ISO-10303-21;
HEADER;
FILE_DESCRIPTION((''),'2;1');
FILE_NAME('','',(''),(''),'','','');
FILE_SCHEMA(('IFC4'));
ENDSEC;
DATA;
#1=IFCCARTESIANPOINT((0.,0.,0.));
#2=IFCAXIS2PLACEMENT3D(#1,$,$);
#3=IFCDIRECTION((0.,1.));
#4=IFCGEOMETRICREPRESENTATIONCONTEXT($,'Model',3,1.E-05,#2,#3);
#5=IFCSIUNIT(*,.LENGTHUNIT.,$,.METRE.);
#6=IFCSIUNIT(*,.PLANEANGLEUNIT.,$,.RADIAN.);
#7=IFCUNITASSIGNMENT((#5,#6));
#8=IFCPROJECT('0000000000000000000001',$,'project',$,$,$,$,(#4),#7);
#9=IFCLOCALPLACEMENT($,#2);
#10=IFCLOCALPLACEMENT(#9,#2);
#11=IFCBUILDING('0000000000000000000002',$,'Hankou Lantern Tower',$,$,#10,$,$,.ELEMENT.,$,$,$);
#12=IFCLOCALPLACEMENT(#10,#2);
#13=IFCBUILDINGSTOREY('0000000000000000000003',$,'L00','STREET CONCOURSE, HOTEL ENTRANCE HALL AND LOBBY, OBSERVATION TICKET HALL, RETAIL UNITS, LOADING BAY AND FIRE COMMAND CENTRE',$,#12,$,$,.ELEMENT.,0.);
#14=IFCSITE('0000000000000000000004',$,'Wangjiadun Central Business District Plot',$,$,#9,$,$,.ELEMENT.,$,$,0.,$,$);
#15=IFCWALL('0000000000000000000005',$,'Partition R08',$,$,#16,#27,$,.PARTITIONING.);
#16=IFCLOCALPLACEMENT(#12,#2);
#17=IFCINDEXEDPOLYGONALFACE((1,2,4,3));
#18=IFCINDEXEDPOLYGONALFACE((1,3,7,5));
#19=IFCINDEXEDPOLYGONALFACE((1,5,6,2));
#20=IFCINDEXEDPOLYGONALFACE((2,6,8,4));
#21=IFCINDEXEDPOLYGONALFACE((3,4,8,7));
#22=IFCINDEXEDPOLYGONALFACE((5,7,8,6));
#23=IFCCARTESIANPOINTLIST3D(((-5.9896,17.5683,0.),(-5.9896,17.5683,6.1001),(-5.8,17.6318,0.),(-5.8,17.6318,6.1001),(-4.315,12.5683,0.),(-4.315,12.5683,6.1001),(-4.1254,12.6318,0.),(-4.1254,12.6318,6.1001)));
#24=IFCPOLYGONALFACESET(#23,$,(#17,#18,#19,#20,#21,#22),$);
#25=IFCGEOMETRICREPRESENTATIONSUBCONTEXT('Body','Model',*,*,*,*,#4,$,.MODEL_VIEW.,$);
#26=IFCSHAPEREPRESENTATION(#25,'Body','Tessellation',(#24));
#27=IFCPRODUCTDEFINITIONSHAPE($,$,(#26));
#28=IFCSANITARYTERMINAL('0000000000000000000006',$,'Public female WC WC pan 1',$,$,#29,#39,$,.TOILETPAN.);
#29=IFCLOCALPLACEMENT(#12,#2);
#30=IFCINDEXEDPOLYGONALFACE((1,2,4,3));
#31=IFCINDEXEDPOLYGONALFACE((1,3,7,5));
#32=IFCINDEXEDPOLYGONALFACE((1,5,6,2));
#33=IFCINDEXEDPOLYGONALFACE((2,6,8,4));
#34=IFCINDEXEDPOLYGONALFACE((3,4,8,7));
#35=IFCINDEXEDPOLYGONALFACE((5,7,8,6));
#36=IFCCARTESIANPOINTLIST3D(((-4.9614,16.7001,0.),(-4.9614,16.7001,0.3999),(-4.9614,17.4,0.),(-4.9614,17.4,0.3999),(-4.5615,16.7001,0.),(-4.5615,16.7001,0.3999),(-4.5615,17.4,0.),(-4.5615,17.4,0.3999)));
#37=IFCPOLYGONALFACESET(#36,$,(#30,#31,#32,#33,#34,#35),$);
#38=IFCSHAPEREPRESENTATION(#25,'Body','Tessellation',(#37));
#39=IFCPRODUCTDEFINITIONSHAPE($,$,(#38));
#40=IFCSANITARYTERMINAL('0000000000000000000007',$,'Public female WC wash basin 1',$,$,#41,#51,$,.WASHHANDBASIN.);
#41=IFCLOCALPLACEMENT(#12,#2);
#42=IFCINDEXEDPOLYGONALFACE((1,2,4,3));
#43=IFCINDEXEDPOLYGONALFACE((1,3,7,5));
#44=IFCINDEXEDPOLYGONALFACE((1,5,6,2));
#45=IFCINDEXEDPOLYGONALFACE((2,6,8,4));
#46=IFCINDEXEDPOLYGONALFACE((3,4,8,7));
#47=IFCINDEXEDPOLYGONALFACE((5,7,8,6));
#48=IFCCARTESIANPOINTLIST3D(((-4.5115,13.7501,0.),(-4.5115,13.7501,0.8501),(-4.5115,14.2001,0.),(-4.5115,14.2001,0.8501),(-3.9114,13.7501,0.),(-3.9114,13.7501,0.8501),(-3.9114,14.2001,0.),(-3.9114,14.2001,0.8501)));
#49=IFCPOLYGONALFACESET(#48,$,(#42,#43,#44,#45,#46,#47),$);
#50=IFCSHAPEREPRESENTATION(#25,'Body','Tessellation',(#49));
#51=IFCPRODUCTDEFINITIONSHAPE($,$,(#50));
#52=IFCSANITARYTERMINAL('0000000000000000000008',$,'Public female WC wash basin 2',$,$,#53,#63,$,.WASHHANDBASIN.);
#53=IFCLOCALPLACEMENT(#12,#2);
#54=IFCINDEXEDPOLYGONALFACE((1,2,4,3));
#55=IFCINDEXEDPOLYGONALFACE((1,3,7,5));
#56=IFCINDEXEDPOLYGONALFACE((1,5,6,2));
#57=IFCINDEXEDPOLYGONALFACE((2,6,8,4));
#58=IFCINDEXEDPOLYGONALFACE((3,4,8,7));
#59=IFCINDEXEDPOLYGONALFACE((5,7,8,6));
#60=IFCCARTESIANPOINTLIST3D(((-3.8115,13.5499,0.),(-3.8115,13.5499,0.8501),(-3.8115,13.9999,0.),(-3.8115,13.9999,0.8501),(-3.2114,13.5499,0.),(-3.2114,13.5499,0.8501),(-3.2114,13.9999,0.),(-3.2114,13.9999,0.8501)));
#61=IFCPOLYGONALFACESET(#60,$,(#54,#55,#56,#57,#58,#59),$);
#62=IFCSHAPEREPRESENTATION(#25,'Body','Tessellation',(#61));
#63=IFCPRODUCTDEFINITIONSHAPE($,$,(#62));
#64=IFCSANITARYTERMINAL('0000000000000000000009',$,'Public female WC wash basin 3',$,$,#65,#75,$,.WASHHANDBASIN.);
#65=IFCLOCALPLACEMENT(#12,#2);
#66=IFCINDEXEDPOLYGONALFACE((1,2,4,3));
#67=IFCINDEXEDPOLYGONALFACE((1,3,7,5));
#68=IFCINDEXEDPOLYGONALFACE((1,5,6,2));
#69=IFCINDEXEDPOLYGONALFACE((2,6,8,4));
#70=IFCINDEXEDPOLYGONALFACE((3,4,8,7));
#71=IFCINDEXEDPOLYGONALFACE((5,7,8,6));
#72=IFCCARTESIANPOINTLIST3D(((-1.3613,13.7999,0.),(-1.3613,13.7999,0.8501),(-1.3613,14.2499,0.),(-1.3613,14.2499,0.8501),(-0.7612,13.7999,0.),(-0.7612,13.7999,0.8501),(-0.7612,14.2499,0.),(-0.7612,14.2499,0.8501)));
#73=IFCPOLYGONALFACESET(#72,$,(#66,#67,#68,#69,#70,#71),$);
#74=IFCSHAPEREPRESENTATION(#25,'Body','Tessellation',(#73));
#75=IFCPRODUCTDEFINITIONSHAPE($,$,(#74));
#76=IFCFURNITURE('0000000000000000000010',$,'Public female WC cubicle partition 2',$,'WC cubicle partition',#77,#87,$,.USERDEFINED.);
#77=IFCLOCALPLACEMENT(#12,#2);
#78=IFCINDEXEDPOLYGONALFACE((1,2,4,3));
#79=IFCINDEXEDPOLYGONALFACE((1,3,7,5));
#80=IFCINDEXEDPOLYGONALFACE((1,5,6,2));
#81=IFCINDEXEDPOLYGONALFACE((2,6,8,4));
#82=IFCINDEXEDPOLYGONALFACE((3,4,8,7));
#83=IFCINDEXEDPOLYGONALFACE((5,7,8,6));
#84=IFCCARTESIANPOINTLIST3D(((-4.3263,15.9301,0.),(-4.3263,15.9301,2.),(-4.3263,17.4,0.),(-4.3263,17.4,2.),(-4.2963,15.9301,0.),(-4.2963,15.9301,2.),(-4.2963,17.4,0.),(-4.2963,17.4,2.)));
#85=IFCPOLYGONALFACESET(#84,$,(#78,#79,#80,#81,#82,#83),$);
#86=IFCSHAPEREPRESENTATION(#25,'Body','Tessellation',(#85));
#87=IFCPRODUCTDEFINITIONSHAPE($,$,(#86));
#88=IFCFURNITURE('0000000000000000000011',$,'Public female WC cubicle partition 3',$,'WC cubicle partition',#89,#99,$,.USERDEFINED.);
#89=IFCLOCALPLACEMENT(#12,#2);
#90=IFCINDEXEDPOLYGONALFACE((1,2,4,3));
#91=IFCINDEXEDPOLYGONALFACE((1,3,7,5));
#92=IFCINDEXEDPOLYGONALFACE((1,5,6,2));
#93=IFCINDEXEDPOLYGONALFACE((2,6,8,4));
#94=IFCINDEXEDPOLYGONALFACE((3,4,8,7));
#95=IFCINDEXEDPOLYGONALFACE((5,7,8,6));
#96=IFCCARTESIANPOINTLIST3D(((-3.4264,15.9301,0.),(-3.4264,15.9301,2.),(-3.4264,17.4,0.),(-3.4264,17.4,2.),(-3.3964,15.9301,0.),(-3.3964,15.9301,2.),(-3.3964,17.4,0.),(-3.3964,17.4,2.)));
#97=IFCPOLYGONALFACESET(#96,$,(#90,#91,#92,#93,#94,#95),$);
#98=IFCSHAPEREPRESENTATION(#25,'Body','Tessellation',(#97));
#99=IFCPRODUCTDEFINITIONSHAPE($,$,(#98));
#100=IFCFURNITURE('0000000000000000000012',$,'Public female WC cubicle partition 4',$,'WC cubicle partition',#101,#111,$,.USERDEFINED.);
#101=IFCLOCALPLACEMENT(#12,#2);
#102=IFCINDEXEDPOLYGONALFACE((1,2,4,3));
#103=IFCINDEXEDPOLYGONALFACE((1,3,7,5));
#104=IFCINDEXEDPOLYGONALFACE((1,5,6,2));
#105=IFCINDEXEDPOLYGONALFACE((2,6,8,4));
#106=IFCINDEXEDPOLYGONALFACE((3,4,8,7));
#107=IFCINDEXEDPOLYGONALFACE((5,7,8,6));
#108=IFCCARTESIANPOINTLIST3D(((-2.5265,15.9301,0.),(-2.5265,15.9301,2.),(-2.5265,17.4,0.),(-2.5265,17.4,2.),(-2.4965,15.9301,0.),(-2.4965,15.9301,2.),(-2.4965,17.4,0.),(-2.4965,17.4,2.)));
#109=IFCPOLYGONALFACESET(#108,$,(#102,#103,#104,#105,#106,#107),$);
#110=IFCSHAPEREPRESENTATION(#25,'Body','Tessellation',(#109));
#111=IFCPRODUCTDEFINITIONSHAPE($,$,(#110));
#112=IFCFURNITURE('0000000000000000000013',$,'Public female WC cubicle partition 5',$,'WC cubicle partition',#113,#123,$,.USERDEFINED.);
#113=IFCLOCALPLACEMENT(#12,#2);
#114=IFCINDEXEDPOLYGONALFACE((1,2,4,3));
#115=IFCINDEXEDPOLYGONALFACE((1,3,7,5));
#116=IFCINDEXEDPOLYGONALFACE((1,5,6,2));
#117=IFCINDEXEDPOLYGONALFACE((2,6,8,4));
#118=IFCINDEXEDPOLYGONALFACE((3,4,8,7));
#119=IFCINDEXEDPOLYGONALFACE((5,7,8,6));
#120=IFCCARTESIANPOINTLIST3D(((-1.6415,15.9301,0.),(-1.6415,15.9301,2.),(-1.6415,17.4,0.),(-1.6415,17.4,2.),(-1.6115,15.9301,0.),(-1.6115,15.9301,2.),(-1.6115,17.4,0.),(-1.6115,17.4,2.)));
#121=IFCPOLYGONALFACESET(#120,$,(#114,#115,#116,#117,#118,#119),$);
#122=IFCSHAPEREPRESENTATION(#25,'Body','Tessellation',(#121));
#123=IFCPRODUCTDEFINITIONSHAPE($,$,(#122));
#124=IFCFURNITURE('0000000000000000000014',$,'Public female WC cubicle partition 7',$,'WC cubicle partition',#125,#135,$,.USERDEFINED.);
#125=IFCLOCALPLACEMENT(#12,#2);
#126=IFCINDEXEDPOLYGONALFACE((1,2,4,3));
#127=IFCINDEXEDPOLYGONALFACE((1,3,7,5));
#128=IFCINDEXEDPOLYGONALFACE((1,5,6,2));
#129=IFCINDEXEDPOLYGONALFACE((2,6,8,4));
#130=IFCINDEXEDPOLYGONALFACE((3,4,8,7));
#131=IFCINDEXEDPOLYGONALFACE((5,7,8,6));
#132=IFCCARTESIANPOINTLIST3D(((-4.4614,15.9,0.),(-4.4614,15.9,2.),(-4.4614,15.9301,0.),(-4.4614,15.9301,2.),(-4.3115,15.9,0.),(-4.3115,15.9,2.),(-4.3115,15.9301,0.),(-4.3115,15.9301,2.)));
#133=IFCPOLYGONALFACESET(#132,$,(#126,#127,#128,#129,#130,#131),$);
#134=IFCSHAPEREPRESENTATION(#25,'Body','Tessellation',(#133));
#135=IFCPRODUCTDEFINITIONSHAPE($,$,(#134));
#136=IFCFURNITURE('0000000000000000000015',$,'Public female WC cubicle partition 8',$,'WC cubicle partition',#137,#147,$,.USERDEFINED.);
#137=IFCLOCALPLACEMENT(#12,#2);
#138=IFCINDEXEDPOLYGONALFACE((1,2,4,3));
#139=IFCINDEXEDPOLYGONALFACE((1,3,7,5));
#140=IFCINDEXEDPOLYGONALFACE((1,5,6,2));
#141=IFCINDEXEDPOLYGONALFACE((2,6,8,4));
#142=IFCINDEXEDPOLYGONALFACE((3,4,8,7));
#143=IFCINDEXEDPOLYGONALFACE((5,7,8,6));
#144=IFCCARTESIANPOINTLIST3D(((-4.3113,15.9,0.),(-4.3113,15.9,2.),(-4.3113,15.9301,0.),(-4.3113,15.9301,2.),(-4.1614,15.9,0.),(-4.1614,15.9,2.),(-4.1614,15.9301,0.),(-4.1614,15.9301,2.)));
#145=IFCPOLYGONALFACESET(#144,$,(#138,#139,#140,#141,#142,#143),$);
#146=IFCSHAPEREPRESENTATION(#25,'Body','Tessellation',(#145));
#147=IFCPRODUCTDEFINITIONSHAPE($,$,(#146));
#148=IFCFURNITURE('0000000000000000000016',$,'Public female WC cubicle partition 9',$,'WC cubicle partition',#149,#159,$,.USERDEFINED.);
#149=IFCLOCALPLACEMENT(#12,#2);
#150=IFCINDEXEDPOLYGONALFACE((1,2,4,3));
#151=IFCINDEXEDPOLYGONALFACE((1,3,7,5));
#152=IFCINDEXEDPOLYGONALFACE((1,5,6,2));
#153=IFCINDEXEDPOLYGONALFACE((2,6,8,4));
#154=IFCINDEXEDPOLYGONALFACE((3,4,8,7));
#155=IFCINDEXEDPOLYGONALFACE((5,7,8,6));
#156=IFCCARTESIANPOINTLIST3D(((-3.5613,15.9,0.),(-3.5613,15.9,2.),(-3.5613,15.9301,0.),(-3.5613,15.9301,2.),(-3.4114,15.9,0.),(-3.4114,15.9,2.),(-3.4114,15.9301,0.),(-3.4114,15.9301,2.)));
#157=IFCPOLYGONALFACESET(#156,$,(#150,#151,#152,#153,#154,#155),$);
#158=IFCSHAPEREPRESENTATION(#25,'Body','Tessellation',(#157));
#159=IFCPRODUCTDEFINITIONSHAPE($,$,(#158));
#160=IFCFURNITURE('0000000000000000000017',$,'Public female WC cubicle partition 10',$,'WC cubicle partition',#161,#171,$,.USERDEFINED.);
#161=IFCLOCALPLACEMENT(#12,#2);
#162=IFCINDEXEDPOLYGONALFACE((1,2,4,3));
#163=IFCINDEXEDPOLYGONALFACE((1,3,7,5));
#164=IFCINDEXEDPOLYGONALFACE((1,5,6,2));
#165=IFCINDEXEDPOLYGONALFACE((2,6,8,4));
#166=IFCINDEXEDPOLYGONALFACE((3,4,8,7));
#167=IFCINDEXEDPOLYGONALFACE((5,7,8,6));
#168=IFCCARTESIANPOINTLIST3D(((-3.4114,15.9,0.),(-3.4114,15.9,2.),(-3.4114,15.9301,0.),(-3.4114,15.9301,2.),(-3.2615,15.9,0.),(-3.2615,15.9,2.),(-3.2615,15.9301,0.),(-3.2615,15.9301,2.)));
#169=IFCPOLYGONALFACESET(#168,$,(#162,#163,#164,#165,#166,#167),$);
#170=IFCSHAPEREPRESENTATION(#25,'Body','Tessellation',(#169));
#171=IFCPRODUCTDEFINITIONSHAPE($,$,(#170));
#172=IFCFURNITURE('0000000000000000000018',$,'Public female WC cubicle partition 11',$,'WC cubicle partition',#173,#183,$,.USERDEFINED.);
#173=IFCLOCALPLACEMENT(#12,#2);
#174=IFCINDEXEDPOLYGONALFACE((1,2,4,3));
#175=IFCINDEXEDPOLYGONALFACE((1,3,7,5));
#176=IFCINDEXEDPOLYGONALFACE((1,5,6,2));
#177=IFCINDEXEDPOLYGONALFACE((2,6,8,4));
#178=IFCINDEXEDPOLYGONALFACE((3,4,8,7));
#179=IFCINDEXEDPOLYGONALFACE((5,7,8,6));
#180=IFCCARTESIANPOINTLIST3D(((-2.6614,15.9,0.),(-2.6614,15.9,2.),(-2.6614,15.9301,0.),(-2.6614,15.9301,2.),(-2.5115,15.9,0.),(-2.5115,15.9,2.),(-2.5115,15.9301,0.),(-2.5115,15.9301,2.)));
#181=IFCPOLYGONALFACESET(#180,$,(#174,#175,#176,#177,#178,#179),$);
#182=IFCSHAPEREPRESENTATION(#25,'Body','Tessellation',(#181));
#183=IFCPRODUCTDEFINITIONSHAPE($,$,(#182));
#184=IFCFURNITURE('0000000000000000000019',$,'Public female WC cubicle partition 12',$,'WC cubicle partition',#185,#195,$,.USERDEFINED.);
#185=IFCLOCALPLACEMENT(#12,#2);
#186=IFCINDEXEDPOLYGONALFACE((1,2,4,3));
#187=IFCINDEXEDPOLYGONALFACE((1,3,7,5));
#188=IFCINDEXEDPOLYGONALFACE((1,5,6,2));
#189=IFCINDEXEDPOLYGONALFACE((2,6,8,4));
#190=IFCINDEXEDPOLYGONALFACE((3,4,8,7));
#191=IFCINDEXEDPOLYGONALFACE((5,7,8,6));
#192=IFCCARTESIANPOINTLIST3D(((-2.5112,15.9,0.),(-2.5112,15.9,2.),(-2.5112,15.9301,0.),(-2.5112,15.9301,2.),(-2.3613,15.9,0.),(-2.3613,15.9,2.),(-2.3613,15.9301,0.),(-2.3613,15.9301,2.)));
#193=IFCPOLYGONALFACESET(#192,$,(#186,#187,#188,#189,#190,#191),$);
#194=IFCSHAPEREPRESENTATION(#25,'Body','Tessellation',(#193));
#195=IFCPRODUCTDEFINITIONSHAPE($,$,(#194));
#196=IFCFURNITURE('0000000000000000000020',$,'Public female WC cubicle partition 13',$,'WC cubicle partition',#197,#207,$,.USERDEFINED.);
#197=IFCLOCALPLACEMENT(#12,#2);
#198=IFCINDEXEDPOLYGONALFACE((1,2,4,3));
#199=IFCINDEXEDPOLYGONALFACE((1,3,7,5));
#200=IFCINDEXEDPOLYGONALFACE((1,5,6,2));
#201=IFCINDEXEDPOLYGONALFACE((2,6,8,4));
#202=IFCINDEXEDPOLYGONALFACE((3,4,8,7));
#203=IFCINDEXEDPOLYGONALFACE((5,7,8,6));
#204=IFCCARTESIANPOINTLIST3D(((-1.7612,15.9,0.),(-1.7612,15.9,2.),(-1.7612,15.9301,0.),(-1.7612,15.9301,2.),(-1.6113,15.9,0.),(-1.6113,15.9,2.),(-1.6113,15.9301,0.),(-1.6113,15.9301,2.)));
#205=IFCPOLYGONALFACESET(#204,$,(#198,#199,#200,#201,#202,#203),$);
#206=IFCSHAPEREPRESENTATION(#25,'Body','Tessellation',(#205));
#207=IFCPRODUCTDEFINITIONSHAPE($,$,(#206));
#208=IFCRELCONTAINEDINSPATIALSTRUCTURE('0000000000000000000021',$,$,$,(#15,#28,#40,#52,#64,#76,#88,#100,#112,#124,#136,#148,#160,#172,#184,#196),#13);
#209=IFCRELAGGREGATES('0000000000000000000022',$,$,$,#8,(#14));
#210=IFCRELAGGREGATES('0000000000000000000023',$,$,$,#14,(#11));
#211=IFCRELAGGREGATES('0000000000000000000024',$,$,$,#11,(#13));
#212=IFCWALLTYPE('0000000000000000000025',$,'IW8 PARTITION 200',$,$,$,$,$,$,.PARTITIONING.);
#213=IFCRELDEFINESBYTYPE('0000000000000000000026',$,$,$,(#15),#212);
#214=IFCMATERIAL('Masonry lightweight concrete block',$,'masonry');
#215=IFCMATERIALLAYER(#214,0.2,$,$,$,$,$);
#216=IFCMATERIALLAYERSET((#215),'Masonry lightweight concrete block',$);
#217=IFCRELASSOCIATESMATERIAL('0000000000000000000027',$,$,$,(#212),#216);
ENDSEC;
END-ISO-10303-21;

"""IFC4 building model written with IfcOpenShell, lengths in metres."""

from ifc_helpers import new_model, si_unit, direction, frame, frame_2d, origin, origin_2d, place, context, subcontext, project, spatial, rectangle, extrude, material, layer, layer_set, type_object, element, save


model = new_model("IFC4")

# Units and contexts
model_context = context("Model", 3, precision=1e-05, world=origin(), true_north=direction((0.0, 1.0)))
body_context = subcontext(model_context, "Body", "Model", "MODEL_VIEW")
ifc_project = project(units=[si_unit("LENGTHUNIT", "METRE"), si_unit("PLANEANGLEUNIT", "RADIAN")], contexts=[model_context])

# Site, building, storey
site_placement = place(None, origin())
site = spatial("IfcSite", under=ifc_project, at=site_placement, Name="Wangjiadun Central Business District Plot", CompositionType="ELEMENT", RefElevation=0.0)
building_placement = place(site_placement, origin())
building = spatial("IfcBuilding", under=site, at=building_placement, Name="Hankou Lantern Tower", CompositionType="ELEMENT")
storey_placement = place(building_placement, origin())
storey = spatial("IfcBuildingStorey", under=building, at=storey_placement, Name="L00", Description="STREET CONCOURSE, HOTEL ENTRANCE HALL AND LOBBY, OBSERVATION TICKET HALL, RETAIL UNITS, LOADING BAY AND FIRE COMMAND CENTRE", CompositionType="ELEMENT", Elevation=0.0)

# Wall
ifc_material_1 = material(Name="Masonry lightweight concrete block", Category="masonry")
ifc_layer_1 = layer(ifc_material_1, 0.2)
ifc_layer_set_1 = layer_set([ifc_layer_1], Name="Masonry lightweight concrete block")
wall_type_1 = type_object("IfcWallType", Name="IW8 PARTITION 200", PredefinedType="PARTITIONING", material=ifc_layer_set_1)
wall_1_placement = place(storey_placement, frame((-4.2202, 12.6001, 0.0), z_axis=(0.0, 0.0, 1.0), x_axis=(-0.317575, 0.948233, 0.0)))
element("IfcWall", 1, at=wall_1_placement, inside=storey, type_object=wall_type_1, Name="Partition R08", PredefinedType="PARTITIONING", context=body_context, shape_type="SweptSolid", body=[
    extrude(rectangle(XDim=5.2729, YDim=0.2, at=frame_2d((2.6365, 0.0))), origin(), (0.0, 0.0, 1.0), 6.1001),
])

# Sanitary terminals
sanitary_terminal_placement = place(storey_placement, frame((-4.7615, 17.05, 0.0), z_axis=(0.0, 0.0, 1.0), x_axis=(1.0, 0.0, 0.0)))
element("IfcSanitaryTerminal", 2, at=sanitary_terminal_placement, inside=storey, Name="Public female WC WC pan 1", PredefinedType="TOILETPAN", context=body_context, shape_type="SweptSolid", body=[
    extrude(rectangle(XDim=0.3999, YDim=0.7, at=origin_2d()), origin(), (0.0, 0.0, 1.0), 0.3999),
])
for number, where, z_axis, x_axis, name in (
    (3, (-4.2114, 13.9751, 0.0), (0.0, 0.0, 1.0), (1.0, 0.0, 0.0), "Public female WC wash basin 1"),
    (4, (-3.5115, 13.7749, 0.0), (0.0, 0.0, 1.0), (1.0, 0.0, 0.0), "Public female WC wash basin 2"),
    (5, (-1.0613, 14.0249, 0.0), (0.0, 0.0, 1.0), (1.0, 0.0, 0.0), "Public female WC wash basin 3"),
):
    element("IfcSanitaryTerminal", number, at=place(storey_placement, frame(where, z_axis=z_axis, x_axis=x_axis)), inside=storey, Name=name, PredefinedType="WASHHANDBASIN", context=body_context, shape_type="SweptSolid", body=[
        extrude(rectangle(XDim=0.6001, YDim=0.45, at=origin_2d()), origin(), (0.0, 0.0, 1.0), 0.8501),
    ])

# Furniture
for number, where, z_axis, x_axis, name in (
    (6, (-4.3113, 16.665, 0.0), (0.0, 0.0, 1.0), (1.0, 0.0, 0.0), "Public female WC cubicle partition 2"),
    (7, (-3.4114, 16.665, 0.0), (0.0, 0.0, 1.0), (1.0, 0.0, 0.0), "Public female WC cubicle partition 3"),
    (8, (-2.5115, 16.665, 0.0), (0.0, 0.0, 1.0), (1.0, 0.0, 0.0), "Public female WC cubicle partition 4"),
    (9, (-1.6265, 16.665, 0.0), (0.0, 0.0, 1.0), (1.0, 0.0, 0.0), "Public female WC cubicle partition 5"),
):
    element("IfcFurniture", number, at=place(storey_placement, frame(where, z_axis=z_axis, x_axis=x_axis)), inside=storey, Name=name, ObjectType="WC cubicle partition", PredefinedType="USERDEFINED", context=body_context, shape_type="SweptSolid", body=[
        extrude(rectangle(XDim=0.03, YDim=1.47, at=origin_2d()), origin(), (0.0, 0.0, 1.0), 2.0),
    ])
for number, where, z_axis, x_axis, name in (
    (10, (-4.3865, 15.915, 0.0), (0.0, 0.0, 1.0), (1.0, 0.0, 0.0), "Public female WC cubicle partition 7"),
    (11, (-4.2363, 15.915, 0.0), (0.0, 0.0, 1.0), (1.0, 0.0, 0.0), "Public female WC cubicle partition 8"),
    (12, (-3.4863, 15.915, 0.0), (0.0, 0.0, 1.0), (1.0, 0.0, 0.0), "Public female WC cubicle partition 9"),
    (13, (-3.3364, 15.915, 0.0), (0.0, 0.0, 1.0), (1.0, 0.0, 0.0), "Public female WC cubicle partition 10"),
    (14, (-2.5864, 15.915, 0.0), (0.0, 0.0, 1.0), (1.0, 0.0, 0.0), "Public female WC cubicle partition 11"),
    (15, (-2.4363, 15.915, 0.0), (0.0, 0.0, 1.0), (1.0, 0.0, 0.0), "Public female WC cubicle partition 12"),
    (16, (-1.6863, 15.915, 0.0), (0.0, 0.0, 1.0), (1.0, 0.0, 0.0), "Public female WC cubicle partition 13"),
):
    element("IfcFurniture", number, at=place(storey_placement, frame(where, z_axis=z_axis, x_axis=x_axis)), inside=storey, Name=name, ObjectType="WC cubicle partition", PredefinedType="USERDEFINED", context=body_context, shape_type="SweptSolid", body=[
        extrude(rectangle(XDim=0.1499, YDim=0.03, at=origin_2d()), origin(), (0.0, 0.0, 1.0), 2.0),
    ])

save(model, "model.ifc")
